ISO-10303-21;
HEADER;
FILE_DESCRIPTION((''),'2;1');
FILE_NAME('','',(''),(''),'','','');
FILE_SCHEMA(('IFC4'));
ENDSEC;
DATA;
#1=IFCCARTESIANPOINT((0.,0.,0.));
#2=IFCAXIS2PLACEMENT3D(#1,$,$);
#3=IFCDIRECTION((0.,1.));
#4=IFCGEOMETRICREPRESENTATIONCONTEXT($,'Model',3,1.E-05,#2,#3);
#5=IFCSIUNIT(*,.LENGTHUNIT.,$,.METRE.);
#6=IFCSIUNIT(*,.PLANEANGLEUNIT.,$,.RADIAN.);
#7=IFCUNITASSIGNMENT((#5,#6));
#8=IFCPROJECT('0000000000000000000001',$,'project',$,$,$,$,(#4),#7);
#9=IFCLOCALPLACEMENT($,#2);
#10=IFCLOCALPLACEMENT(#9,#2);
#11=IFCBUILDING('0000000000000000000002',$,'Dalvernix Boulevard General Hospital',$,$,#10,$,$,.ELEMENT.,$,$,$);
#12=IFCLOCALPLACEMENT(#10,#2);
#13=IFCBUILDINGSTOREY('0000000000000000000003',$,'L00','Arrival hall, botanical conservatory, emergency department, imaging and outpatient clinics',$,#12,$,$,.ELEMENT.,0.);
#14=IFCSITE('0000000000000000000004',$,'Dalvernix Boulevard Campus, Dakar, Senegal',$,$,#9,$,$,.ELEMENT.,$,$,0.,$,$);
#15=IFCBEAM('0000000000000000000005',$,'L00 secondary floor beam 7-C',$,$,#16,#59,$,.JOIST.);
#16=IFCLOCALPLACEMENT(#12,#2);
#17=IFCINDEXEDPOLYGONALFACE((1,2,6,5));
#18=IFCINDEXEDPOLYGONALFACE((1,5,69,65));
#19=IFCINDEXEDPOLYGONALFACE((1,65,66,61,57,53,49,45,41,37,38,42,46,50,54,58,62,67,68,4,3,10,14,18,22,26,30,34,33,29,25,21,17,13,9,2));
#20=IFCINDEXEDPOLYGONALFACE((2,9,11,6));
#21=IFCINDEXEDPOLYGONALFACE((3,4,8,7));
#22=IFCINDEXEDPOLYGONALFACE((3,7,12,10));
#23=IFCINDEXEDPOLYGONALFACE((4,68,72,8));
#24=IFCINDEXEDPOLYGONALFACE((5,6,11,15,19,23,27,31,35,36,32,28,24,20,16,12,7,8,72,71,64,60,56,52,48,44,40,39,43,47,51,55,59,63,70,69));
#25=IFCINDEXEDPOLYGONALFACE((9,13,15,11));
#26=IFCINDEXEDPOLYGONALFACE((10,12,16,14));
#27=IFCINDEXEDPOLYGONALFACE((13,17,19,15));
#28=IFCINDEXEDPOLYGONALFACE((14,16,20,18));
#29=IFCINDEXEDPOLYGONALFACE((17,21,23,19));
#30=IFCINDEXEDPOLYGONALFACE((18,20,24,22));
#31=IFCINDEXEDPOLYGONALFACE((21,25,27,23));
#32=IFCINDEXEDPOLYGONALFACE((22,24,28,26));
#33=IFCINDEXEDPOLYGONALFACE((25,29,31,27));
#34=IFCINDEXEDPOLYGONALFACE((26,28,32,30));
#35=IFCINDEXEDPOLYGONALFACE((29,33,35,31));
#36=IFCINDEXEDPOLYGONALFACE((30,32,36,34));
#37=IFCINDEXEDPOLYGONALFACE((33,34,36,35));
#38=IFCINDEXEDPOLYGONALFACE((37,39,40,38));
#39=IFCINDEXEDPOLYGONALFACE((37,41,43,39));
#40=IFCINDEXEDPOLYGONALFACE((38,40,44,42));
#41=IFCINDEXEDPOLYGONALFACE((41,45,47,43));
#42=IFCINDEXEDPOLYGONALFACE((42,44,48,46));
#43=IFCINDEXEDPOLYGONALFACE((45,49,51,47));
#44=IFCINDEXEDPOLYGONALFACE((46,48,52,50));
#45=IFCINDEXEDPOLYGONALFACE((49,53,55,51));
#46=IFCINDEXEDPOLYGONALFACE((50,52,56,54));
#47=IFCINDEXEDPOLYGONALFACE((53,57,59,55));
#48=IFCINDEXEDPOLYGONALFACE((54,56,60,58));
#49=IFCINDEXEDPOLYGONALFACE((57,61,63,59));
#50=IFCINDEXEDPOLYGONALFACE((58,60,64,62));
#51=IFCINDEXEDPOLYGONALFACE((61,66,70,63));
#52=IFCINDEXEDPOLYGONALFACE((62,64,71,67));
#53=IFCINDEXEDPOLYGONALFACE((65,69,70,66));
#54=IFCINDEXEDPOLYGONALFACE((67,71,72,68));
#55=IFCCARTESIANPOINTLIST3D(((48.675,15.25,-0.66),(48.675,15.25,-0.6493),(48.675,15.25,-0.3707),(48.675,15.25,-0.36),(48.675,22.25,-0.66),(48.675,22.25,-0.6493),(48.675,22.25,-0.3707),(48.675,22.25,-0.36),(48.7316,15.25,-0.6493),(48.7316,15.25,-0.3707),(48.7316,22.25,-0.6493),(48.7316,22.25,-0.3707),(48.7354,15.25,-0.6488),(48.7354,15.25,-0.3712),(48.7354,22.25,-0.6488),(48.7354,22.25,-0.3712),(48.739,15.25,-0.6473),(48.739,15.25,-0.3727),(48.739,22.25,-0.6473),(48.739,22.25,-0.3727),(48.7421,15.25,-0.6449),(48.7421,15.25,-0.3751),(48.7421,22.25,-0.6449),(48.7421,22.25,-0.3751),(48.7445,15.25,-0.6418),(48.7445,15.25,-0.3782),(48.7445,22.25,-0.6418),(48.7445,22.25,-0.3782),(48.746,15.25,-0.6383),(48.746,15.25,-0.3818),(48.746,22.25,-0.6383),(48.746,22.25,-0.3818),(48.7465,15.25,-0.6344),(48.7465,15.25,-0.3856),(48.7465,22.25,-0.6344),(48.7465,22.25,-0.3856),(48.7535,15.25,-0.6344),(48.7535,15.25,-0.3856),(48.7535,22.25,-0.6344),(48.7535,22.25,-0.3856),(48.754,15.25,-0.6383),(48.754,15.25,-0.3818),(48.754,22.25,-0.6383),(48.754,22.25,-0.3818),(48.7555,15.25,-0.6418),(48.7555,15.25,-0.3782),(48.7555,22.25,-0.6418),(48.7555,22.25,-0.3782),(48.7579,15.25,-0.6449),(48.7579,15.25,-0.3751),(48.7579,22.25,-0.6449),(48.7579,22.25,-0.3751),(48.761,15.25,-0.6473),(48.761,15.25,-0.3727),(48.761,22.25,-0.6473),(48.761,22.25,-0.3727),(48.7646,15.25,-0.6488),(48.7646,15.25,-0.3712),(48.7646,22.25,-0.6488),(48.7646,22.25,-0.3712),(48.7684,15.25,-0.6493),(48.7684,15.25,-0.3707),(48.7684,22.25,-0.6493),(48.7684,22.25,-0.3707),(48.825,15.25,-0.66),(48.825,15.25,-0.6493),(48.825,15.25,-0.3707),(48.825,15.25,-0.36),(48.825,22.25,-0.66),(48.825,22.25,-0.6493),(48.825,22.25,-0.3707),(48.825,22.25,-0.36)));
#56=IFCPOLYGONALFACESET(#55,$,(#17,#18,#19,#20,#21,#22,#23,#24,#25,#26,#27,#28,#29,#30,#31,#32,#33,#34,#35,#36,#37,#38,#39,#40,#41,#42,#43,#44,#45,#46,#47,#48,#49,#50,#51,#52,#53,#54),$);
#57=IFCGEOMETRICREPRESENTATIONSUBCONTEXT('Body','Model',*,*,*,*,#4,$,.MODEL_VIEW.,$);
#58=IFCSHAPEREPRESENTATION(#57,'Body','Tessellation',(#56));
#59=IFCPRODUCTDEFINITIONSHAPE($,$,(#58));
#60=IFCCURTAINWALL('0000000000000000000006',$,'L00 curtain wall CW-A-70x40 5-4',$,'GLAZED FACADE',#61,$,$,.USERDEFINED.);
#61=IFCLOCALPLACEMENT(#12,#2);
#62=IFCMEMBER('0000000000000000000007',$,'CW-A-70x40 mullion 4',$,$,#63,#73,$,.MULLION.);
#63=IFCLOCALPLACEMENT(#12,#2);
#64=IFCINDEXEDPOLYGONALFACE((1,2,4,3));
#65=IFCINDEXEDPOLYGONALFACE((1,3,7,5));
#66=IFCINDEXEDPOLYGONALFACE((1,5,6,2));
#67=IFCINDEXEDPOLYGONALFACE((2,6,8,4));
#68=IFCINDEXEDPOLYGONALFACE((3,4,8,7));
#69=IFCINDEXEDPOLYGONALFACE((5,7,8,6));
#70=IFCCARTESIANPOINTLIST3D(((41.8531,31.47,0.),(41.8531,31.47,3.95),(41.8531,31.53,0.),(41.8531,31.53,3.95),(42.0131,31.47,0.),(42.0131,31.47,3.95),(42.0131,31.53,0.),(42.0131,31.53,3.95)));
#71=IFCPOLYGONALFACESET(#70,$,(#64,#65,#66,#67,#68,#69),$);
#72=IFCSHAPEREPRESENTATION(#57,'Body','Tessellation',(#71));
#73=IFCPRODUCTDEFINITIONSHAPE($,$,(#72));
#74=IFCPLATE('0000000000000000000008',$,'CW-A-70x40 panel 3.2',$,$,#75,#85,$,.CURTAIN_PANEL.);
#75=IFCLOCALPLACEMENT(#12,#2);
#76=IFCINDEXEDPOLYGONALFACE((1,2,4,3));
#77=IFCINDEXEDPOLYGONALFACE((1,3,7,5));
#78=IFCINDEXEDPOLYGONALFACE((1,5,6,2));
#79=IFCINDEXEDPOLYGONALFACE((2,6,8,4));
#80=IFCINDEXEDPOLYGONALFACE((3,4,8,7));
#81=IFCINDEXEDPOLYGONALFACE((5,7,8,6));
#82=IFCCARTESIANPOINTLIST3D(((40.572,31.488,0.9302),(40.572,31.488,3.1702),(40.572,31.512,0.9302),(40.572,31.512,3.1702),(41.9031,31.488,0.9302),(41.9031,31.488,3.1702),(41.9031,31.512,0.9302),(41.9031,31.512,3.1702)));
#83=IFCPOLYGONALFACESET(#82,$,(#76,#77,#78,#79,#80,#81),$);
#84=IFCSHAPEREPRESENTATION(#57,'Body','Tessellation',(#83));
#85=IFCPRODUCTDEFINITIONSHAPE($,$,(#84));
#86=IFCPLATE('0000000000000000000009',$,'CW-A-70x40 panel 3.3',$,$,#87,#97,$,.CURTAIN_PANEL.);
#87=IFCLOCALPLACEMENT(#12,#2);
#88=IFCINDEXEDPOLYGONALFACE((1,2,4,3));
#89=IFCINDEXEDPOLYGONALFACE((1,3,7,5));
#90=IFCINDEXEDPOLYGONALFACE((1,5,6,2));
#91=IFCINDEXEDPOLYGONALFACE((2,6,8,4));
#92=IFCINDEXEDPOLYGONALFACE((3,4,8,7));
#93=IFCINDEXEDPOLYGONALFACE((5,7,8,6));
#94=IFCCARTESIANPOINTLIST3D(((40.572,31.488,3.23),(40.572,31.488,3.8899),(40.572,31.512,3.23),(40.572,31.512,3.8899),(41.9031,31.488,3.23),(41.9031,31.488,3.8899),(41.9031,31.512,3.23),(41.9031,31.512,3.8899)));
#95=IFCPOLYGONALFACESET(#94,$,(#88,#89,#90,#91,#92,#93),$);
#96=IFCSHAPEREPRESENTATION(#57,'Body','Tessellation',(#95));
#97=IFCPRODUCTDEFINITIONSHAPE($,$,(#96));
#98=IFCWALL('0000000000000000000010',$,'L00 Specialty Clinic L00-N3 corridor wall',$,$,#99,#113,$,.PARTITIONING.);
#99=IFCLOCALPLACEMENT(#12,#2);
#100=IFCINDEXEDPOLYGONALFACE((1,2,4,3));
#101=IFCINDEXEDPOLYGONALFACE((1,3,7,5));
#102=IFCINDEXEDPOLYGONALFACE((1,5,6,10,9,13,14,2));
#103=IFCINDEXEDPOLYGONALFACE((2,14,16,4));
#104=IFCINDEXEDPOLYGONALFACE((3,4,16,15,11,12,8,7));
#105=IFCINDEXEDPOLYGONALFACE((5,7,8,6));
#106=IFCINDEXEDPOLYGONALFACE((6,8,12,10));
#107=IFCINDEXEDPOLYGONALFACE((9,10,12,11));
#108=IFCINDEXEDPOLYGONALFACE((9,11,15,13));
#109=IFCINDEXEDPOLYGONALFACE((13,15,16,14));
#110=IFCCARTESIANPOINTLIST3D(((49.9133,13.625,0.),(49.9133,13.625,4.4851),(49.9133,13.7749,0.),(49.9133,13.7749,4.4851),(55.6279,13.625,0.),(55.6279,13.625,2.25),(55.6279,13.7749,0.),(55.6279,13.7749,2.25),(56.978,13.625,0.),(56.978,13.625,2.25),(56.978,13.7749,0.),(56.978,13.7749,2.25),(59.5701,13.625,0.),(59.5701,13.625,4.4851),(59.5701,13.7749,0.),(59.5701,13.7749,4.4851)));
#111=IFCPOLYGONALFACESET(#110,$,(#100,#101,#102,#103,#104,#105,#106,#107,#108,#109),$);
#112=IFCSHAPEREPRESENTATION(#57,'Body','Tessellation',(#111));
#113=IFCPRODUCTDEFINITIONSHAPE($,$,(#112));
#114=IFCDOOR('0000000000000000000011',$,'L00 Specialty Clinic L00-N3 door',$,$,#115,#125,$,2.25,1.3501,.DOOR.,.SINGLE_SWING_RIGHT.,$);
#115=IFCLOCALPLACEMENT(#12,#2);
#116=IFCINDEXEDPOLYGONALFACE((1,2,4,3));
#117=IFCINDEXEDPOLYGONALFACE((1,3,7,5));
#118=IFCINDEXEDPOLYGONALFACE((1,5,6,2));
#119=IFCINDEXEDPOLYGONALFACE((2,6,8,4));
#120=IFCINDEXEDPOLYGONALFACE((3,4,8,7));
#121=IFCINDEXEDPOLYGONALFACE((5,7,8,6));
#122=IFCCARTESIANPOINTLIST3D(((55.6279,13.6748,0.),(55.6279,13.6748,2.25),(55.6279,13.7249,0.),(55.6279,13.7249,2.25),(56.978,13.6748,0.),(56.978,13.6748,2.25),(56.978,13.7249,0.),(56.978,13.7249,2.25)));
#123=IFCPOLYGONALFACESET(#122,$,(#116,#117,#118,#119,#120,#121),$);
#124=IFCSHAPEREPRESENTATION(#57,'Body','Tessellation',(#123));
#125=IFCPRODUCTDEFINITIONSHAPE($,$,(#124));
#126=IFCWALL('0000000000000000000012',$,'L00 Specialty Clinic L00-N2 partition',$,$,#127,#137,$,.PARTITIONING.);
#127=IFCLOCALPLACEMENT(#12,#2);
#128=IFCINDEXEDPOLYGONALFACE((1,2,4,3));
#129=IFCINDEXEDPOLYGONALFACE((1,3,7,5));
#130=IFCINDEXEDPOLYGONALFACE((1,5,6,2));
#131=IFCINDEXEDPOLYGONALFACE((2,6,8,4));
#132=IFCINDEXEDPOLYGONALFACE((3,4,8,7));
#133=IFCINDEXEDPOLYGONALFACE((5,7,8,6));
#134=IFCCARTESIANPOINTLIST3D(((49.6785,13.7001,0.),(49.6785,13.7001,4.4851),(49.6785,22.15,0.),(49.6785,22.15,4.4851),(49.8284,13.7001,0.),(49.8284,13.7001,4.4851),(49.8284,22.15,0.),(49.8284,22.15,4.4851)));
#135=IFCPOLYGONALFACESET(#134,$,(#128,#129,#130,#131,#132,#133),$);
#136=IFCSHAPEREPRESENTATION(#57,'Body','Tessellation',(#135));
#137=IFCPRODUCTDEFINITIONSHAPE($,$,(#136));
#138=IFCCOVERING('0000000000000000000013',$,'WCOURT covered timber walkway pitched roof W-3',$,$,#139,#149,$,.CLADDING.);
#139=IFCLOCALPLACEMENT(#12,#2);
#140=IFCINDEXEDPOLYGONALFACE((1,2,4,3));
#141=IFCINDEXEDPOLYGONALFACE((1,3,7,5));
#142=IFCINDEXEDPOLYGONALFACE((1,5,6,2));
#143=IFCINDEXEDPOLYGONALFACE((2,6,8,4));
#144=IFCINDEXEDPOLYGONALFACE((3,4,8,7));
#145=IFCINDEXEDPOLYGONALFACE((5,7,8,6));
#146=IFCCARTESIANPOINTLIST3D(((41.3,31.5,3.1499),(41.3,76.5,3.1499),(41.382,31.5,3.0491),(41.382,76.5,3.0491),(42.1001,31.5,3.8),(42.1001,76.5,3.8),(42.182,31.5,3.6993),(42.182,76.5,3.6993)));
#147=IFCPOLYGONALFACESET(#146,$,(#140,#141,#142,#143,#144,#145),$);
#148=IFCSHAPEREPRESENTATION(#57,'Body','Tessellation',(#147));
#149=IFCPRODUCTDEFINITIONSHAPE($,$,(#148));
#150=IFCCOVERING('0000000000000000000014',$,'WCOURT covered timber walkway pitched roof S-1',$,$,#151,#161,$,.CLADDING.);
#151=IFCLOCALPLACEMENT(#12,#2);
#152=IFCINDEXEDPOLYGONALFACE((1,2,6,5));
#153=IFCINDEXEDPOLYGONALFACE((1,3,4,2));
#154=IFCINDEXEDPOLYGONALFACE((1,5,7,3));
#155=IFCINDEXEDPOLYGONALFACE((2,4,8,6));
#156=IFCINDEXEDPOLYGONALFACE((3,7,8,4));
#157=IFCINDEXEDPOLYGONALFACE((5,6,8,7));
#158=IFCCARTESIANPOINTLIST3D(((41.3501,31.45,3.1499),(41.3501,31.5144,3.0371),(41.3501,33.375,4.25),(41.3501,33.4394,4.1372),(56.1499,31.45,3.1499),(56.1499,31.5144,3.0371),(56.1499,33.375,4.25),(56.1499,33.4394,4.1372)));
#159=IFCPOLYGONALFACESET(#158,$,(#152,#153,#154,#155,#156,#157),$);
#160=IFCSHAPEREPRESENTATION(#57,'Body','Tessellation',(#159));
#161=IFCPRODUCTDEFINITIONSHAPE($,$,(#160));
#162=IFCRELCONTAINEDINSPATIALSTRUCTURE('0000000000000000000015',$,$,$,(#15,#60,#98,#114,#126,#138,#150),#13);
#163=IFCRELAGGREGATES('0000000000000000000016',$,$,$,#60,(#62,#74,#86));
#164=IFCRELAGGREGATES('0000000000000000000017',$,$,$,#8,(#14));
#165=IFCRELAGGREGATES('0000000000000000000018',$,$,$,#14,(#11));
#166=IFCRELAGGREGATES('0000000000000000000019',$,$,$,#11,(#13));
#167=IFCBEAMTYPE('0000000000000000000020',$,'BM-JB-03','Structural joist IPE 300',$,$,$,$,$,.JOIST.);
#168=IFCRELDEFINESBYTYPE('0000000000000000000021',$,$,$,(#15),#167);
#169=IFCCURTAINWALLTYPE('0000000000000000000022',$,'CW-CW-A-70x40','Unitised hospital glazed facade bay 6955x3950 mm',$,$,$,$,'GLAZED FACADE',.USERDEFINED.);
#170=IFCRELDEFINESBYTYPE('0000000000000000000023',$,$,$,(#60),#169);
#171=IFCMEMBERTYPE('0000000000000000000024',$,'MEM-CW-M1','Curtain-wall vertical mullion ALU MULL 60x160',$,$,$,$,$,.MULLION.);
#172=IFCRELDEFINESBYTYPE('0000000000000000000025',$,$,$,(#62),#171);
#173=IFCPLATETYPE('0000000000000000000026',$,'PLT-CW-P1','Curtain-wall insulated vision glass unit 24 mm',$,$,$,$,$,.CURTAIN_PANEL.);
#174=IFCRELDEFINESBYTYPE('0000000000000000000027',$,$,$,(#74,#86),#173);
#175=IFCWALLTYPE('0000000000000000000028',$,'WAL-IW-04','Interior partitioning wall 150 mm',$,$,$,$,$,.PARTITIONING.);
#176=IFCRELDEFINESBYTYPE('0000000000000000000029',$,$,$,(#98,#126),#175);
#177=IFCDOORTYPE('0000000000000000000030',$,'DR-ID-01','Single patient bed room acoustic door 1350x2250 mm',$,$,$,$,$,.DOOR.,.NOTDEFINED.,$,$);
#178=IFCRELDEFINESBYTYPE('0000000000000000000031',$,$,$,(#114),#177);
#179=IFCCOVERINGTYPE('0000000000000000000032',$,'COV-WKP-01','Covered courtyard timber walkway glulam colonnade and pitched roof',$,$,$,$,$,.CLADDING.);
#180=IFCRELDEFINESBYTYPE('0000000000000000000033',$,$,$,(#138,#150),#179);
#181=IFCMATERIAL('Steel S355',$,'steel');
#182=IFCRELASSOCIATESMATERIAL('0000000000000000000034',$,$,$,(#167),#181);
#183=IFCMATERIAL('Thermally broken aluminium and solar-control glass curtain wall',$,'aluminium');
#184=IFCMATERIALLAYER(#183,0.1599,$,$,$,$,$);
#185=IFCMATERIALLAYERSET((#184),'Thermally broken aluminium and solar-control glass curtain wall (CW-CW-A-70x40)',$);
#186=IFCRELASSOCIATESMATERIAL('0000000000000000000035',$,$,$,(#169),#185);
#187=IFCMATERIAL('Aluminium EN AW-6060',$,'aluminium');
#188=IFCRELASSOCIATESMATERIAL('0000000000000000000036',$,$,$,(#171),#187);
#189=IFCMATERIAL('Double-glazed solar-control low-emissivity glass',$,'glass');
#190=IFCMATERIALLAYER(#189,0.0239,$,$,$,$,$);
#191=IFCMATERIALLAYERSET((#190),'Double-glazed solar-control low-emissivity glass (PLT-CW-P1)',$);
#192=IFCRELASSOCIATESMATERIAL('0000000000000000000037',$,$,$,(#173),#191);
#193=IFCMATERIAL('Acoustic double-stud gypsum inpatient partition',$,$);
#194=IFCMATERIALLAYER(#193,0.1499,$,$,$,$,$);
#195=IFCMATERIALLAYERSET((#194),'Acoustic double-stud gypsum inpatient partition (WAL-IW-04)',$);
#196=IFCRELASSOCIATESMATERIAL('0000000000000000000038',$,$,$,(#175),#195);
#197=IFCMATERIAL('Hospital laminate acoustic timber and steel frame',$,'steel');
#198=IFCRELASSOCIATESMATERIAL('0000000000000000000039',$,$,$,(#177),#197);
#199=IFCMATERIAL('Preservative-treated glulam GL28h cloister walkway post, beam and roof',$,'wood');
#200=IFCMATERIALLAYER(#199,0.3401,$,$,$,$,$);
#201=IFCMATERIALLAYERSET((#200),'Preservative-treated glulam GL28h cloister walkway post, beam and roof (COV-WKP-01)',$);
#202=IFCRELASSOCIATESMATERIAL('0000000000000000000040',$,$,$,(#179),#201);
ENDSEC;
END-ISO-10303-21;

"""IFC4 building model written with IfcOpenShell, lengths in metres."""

from ifc_helpers import new_model, si_unit, direction, frame, frame_2d, origin, origin_2d, place, context, subcontext, project, spatial, polyline, rectangle, i_section, outline, extrude, material, layer, layer_set, material_profile, profile_set, type_object, element, fill, aggregate, save


model = new_model("IFC4")

# Units and contexts
model_context = context("Model", 3, precision=1e-05, world=origin(), true_north=direction((0.0, 1.0)))
body_context = subcontext(model_context, "Body", "Model", "MODEL_VIEW")
ifc_project = project(units=[si_unit("LENGTHUNIT", "METRE"), si_unit("PLANEANGLEUNIT", "RADIAN")], contexts=[model_context])

# Site, building, storey
site_placement = place(None, origin())
site = spatial("IfcSite", under=ifc_project, at=site_placement, Name="Dalvernix Boulevard Campus, Dakar, Senegal", CompositionType="ELEMENT", RefElevation=0.0)
building_placement = place(site_placement, origin())
building = spatial("IfcBuilding", under=site, at=building_placement, Name="Dalvernix Boulevard General Hospital", CompositionType="ELEMENT")
storey_placement = place(building_placement, origin())
storey = spatial("IfcBuildingStorey", under=building, at=storey_placement, Name="L00", Description="Arrival hall, botanical conservatory, emergency department, imaging and outpatient clinics", CompositionType="ELEMENT", Elevation=0.0)

# Beam
ifc_material_1 = material(Name="Steel S355", Category="steel")
ifc_material_profile_1 = material_profile(ifc_material_1, i_section(OverallWidth=0.1499, OverallDepth=0.3, WebThickness=0.0071, FlangeThickness=0.0107, FilletRadius=0.0149, at=origin_2d()), Name="IPE 300")
ifc_profile_set_1 = profile_set([ifc_material_profile_1], Name="Steel S355")
beam_type_1 = type_object("IfcBeamType", Name="BM-JB-03", Description="Structural joist IPE 300", PredefinedType="JOIST", material=ifc_profile_set_1)
beam_1_placement = place(storey_placement, frame((48.75, 15.25, -0.51), z_axis=(0.0, 1.0, 0.0), x_axis=(-1.0, 0.0, 0.0)))
element("IfcBeam", 1, at=beam_1_placement, inside=storey, type_object=beam_type_1, Name="L00 secondary floor beam 7-C", PredefinedType="JOIST", context=body_context, shape_type="SweptSolid", body=[
    extrude(i_section(OverallWidth=0.1499, OverallDepth=0.3, WebThickness=0.0071, FlangeThickness=0.0107, FilletRadius=0.0149, at=origin_2d()), origin(), (0.0, 0.0, 1.0), 7.0),
])

# Curtain wall, member, plates
ifc_material_2 = material(Name="Thermally broken aluminium and solar-control glass curtain wall", Category="aluminium")
ifc_layer_1 = layer(ifc_material_2, 0.1599)
ifc_layer_set_1 = layer_set([ifc_layer_1], Name="Thermally broken aluminium and solar-control glass curtain wall (CW-CW-A-70x40)")
curtain_wall_type = type_object("IfcCurtainWallType", Name="CW-CW-A-70x40", Description="Unitised hospital glazed facade bay 6955x3950 mm", ElementType="GLAZED FACADE", PredefinedType="USERDEFINED", material=ifc_layer_set_1)
curtain_wall_placement = place(storey_placement, origin())
curtain_wall = element("IfcCurtainWall", 2, at=curtain_wall_placement, inside=storey, type_object=curtain_wall_type, Name="L00 curtain wall CW-A-70x40 5-4", ObjectType="GLAZED FACADE", PredefinedType="USERDEFINED")
ifc_material_3 = material(Name="Aluminium EN AW-6060", Category="aluminium")
ifc_material_profile_2 = material_profile(ifc_material_3, rectangle(XDim=0.0601, YDim=0.1599, at=origin_2d()), Name="ALU MULL 60x160")
ifc_profile_set_2 = profile_set([ifc_material_profile_2], Name="Aluminium EN AW-6060")
member_type = type_object("IfcMemberType", Name="MEM-CW-M1", Description="Curtain-wall vertical mullion ALU MULL 60x160", PredefinedType="MULLION", material=ifc_profile_set_2)
member_placement = place(storey_placement, frame((41.9331, 31.5, 0.0), z_axis=(0.0, 0.0, 1.0), x_axis=(0.0, 1.0, 0.0)))
member = element("IfcMember", 3, at=member_placement, type_object=member_type, Name="CW-A-70x40 mullion 4", PredefinedType="MULLION", context=body_context, shape_type="SweptSolid", body=[
    extrude(rectangle(XDim=0.0601, YDim=0.1599, at=origin_2d()), origin(), (0.0, 0.0, 1.0), 3.95),
])
ifc_material_4 = material(Name="Double-glazed solar-control low-emissivity glass", Category="glass")
ifc_layer_2 = layer(ifc_material_4, 0.0239)
ifc_layer_set_2 = layer_set([ifc_layer_2], Name="Double-glazed solar-control low-emissivity glass (PLT-CW-P1)")
plate_type = type_object("IfcPlateType", Name="PLT-CW-P1", Description="Curtain-wall insulated vision glass unit 24 mm", PredefinedType="CURTAIN_PANEL", material=ifc_layer_set_2)
plate_1_placement = place(storey_placement, frame((41.2375, 31.5, 0.9302), z_axis=(0.0, 0.0, 1.0), x_axis=(1.0, 0.0, 0.0)))
plate_1 = element("IfcPlate", 4, at=plate_1_placement, type_object=plate_type, Name="CW-A-70x40 panel 3.2", PredefinedType="CURTAIN_PANEL", context=body_context, shape_type="SweptSolid", body=[
    extrude(rectangle(XDim=1.3311, YDim=0.0239, at=origin_2d()), origin(), (0.0, 0.0, 1.0), 2.24),
])
plate_2_placement = place(storey_placement, frame((41.2375, 31.5, 3.23), z_axis=(0.0, 0.0, 1.0), x_axis=(1.0, 0.0, 0.0)))
plate_2 = element("IfcPlate", 5, at=plate_2_placement, type_object=plate_type, Name="CW-A-70x40 panel 3.3", PredefinedType="CURTAIN_PANEL", context=body_context, shape_type="SweptSolid", body=[
    extrude(rectangle(XDim=1.3311, YDim=0.0239, at=origin_2d()), origin(), (0.0, 0.0, 1.0), 0.6599),
])
aggregate(curtain_wall, [member, plate_1, plate_2])

# Wall, opening, door
ifc_material_5 = material(Name="Acoustic double-stud gypsum inpatient partition")
ifc_layer_3 = layer(ifc_material_5, 0.1499)
ifc_layer_set_3 = layer_set([ifc_layer_3], Name="Acoustic double-stud gypsum inpatient partition (WAL-IW-04)")
wall_type = type_object("IfcWallType", Name="WAL-IW-04", Description="Interior partitioning wall 150 mm", PredefinedType="PARTITIONING", material=ifc_layer_set_3)
wall_1_placement = place(storey_placement, frame((49.9133, 13.7, 0.0), z_axis=(0.0, 0.0, 1.0), x_axis=(1.0, 0.0, 0.0)))
wall_1 = element("IfcWall", 6, at=wall_1_placement, inside=storey, type_object=wall_type, Name="L00 Specialty Clinic L00-N3 corridor wall", PredefinedType="PARTITIONING", context=body_context, shape_type="SweptSolid", body=[
    extrude(rectangle(XDim=9.6567, YDim=0.1499, at=frame_2d((4.8284, 0.0))), origin(), (0.0, 0.0, 1.0), 4.4851),
])
opening_placement = place(wall_1_placement, frame((5.7146, 0.0, 0.0)))
opening = element("IfcOpeningElement", 7, at=opening_placement, cuts=wall_1, PredefinedType="OPENING", context=body_context, shape_type="SweptSolid", body=[
    extrude(rectangle(XDim=1.3501, YDim=2.25, at=frame_2d((0.675, 1.125))), frame((0.0, 0.085, 0.0), z_axis=(0.0, -1.0, 0.0), x_axis=(1.0, 0.0, 0.0)), (0.0, 0.0, 1.0), 0.1699),
])
ifc_material_6 = material(Name="Hospital laminate acoustic timber and steel frame", Category="steel")
door_type = type_object("IfcDoorType", Name="DR-ID-01", Description="Single patient bed room acoustic door 1350x2250 mm", OperationType="NOTDEFINED", PredefinedType="DOOR", material=ifc_material_6)
door_placement = place(opening_placement, origin())
door = element("IfcDoor", 8, at=door_placement, inside=storey, type_object=door_type, Name="L00 Specialty Clinic L00-N3 door", OperationType="SINGLE_SWING_RIGHT", OverallHeight=2.25, OverallWidth=1.3501, PredefinedType="DOOR", context=body_context, shape_type="SweptSolid", body=[
    extrude(rectangle(XDim=1.3501, YDim=2.25, at=frame_2d((0.675, 1.125))), frame((0.0, 0.0249, 0.0), z_axis=(0.0, -1.0, 0.0), x_axis=(1.0, 0.0, 0.0)), (0.0, 0.0, 1.0), 0.05),
])
fill(opening, door)

# Wall
wall_2_placement = place(storey_placement, frame((49.7534, 13.7, 0.0), z_axis=(0.0, 0.0, 1.0), x_axis=(0.0, 1.0, 0.0)))
element("IfcWall", 9, at=wall_2_placement, inside=storey, type_object=wall_type, Name="L00 Specialty Clinic L00-N2 partition", PredefinedType="PARTITIONING", context=body_context, shape_type="SweptSolid", body=[
    extrude(rectangle(XDim=8.45, YDim=0.1499, at=frame_2d((4.2251, 0.0))), origin(), (0.0, 0.0, 1.0), 4.4851),
])

# Coverings
ifc_material_7 = material(Name="Preservative-treated glulam GL28h cloister walkway post, beam and roof", Category="wood")
ifc_layer_4 = layer(ifc_material_7, 0.3401)
ifc_layer_set_4 = layer_set([ifc_layer_4], Name="Preservative-treated glulam GL28h cloister walkway post, beam and roof (COV-WKP-01)")
covering_type = type_object("IfcCoveringType", Name="COV-WKP-01", Description="Covered courtyard timber walkway glulam colonnade and pitched roof", PredefinedType="CLADDING", material=ifc_layer_set_4)
covering_1_placement = place(storey_placement, frame((41.3, 31.5, 3.1499), z_axis=(-0.630655, 0.0, 0.776063), x_axis=(0.776063, 0.0, 0.630655)))
element("IfcCovering", 10, at=covering_1_placement, inside=storey, type_object=covering_type, Name="WCOURT covered timber walkway pitched roof W-3", PredefinedType="CLADDING", context=body_context, shape_type="SweptSolid", body=[
    extrude(outline(polyline([(0.0, 0.0), (1.0309, 0.0), (1.0309, 45.0), (0.0, 45.0), (0.0, 0.0)])), origin(), (0.0, 0.0, -1.0), 0.1299),
])
covering_2_placement = place(storey_placement, frame((41.3501, 31.45, 3.1499), z_axis=(0.0, -0.496163, 0.86823), x_axis=(1.0, 0.0, 0.0)))
element("IfcCovering", 11, at=covering_2_placement, inside=storey, type_object=covering_type, Name="WCOURT covered timber walkway pitched roof S-1", PredefinedType="CLADDING", context=body_context, shape_type="SweptSolid", body=[
    extrude(outline(polyline([(0.0, 0.0), (14.7998, 0.0), (14.7998, 2.2172), (0.0, 2.2172), (0.0, 0.0)])), origin(), (0.0, 0.0, -1.0), 0.1299),
])

save(model, "model.ifc")
